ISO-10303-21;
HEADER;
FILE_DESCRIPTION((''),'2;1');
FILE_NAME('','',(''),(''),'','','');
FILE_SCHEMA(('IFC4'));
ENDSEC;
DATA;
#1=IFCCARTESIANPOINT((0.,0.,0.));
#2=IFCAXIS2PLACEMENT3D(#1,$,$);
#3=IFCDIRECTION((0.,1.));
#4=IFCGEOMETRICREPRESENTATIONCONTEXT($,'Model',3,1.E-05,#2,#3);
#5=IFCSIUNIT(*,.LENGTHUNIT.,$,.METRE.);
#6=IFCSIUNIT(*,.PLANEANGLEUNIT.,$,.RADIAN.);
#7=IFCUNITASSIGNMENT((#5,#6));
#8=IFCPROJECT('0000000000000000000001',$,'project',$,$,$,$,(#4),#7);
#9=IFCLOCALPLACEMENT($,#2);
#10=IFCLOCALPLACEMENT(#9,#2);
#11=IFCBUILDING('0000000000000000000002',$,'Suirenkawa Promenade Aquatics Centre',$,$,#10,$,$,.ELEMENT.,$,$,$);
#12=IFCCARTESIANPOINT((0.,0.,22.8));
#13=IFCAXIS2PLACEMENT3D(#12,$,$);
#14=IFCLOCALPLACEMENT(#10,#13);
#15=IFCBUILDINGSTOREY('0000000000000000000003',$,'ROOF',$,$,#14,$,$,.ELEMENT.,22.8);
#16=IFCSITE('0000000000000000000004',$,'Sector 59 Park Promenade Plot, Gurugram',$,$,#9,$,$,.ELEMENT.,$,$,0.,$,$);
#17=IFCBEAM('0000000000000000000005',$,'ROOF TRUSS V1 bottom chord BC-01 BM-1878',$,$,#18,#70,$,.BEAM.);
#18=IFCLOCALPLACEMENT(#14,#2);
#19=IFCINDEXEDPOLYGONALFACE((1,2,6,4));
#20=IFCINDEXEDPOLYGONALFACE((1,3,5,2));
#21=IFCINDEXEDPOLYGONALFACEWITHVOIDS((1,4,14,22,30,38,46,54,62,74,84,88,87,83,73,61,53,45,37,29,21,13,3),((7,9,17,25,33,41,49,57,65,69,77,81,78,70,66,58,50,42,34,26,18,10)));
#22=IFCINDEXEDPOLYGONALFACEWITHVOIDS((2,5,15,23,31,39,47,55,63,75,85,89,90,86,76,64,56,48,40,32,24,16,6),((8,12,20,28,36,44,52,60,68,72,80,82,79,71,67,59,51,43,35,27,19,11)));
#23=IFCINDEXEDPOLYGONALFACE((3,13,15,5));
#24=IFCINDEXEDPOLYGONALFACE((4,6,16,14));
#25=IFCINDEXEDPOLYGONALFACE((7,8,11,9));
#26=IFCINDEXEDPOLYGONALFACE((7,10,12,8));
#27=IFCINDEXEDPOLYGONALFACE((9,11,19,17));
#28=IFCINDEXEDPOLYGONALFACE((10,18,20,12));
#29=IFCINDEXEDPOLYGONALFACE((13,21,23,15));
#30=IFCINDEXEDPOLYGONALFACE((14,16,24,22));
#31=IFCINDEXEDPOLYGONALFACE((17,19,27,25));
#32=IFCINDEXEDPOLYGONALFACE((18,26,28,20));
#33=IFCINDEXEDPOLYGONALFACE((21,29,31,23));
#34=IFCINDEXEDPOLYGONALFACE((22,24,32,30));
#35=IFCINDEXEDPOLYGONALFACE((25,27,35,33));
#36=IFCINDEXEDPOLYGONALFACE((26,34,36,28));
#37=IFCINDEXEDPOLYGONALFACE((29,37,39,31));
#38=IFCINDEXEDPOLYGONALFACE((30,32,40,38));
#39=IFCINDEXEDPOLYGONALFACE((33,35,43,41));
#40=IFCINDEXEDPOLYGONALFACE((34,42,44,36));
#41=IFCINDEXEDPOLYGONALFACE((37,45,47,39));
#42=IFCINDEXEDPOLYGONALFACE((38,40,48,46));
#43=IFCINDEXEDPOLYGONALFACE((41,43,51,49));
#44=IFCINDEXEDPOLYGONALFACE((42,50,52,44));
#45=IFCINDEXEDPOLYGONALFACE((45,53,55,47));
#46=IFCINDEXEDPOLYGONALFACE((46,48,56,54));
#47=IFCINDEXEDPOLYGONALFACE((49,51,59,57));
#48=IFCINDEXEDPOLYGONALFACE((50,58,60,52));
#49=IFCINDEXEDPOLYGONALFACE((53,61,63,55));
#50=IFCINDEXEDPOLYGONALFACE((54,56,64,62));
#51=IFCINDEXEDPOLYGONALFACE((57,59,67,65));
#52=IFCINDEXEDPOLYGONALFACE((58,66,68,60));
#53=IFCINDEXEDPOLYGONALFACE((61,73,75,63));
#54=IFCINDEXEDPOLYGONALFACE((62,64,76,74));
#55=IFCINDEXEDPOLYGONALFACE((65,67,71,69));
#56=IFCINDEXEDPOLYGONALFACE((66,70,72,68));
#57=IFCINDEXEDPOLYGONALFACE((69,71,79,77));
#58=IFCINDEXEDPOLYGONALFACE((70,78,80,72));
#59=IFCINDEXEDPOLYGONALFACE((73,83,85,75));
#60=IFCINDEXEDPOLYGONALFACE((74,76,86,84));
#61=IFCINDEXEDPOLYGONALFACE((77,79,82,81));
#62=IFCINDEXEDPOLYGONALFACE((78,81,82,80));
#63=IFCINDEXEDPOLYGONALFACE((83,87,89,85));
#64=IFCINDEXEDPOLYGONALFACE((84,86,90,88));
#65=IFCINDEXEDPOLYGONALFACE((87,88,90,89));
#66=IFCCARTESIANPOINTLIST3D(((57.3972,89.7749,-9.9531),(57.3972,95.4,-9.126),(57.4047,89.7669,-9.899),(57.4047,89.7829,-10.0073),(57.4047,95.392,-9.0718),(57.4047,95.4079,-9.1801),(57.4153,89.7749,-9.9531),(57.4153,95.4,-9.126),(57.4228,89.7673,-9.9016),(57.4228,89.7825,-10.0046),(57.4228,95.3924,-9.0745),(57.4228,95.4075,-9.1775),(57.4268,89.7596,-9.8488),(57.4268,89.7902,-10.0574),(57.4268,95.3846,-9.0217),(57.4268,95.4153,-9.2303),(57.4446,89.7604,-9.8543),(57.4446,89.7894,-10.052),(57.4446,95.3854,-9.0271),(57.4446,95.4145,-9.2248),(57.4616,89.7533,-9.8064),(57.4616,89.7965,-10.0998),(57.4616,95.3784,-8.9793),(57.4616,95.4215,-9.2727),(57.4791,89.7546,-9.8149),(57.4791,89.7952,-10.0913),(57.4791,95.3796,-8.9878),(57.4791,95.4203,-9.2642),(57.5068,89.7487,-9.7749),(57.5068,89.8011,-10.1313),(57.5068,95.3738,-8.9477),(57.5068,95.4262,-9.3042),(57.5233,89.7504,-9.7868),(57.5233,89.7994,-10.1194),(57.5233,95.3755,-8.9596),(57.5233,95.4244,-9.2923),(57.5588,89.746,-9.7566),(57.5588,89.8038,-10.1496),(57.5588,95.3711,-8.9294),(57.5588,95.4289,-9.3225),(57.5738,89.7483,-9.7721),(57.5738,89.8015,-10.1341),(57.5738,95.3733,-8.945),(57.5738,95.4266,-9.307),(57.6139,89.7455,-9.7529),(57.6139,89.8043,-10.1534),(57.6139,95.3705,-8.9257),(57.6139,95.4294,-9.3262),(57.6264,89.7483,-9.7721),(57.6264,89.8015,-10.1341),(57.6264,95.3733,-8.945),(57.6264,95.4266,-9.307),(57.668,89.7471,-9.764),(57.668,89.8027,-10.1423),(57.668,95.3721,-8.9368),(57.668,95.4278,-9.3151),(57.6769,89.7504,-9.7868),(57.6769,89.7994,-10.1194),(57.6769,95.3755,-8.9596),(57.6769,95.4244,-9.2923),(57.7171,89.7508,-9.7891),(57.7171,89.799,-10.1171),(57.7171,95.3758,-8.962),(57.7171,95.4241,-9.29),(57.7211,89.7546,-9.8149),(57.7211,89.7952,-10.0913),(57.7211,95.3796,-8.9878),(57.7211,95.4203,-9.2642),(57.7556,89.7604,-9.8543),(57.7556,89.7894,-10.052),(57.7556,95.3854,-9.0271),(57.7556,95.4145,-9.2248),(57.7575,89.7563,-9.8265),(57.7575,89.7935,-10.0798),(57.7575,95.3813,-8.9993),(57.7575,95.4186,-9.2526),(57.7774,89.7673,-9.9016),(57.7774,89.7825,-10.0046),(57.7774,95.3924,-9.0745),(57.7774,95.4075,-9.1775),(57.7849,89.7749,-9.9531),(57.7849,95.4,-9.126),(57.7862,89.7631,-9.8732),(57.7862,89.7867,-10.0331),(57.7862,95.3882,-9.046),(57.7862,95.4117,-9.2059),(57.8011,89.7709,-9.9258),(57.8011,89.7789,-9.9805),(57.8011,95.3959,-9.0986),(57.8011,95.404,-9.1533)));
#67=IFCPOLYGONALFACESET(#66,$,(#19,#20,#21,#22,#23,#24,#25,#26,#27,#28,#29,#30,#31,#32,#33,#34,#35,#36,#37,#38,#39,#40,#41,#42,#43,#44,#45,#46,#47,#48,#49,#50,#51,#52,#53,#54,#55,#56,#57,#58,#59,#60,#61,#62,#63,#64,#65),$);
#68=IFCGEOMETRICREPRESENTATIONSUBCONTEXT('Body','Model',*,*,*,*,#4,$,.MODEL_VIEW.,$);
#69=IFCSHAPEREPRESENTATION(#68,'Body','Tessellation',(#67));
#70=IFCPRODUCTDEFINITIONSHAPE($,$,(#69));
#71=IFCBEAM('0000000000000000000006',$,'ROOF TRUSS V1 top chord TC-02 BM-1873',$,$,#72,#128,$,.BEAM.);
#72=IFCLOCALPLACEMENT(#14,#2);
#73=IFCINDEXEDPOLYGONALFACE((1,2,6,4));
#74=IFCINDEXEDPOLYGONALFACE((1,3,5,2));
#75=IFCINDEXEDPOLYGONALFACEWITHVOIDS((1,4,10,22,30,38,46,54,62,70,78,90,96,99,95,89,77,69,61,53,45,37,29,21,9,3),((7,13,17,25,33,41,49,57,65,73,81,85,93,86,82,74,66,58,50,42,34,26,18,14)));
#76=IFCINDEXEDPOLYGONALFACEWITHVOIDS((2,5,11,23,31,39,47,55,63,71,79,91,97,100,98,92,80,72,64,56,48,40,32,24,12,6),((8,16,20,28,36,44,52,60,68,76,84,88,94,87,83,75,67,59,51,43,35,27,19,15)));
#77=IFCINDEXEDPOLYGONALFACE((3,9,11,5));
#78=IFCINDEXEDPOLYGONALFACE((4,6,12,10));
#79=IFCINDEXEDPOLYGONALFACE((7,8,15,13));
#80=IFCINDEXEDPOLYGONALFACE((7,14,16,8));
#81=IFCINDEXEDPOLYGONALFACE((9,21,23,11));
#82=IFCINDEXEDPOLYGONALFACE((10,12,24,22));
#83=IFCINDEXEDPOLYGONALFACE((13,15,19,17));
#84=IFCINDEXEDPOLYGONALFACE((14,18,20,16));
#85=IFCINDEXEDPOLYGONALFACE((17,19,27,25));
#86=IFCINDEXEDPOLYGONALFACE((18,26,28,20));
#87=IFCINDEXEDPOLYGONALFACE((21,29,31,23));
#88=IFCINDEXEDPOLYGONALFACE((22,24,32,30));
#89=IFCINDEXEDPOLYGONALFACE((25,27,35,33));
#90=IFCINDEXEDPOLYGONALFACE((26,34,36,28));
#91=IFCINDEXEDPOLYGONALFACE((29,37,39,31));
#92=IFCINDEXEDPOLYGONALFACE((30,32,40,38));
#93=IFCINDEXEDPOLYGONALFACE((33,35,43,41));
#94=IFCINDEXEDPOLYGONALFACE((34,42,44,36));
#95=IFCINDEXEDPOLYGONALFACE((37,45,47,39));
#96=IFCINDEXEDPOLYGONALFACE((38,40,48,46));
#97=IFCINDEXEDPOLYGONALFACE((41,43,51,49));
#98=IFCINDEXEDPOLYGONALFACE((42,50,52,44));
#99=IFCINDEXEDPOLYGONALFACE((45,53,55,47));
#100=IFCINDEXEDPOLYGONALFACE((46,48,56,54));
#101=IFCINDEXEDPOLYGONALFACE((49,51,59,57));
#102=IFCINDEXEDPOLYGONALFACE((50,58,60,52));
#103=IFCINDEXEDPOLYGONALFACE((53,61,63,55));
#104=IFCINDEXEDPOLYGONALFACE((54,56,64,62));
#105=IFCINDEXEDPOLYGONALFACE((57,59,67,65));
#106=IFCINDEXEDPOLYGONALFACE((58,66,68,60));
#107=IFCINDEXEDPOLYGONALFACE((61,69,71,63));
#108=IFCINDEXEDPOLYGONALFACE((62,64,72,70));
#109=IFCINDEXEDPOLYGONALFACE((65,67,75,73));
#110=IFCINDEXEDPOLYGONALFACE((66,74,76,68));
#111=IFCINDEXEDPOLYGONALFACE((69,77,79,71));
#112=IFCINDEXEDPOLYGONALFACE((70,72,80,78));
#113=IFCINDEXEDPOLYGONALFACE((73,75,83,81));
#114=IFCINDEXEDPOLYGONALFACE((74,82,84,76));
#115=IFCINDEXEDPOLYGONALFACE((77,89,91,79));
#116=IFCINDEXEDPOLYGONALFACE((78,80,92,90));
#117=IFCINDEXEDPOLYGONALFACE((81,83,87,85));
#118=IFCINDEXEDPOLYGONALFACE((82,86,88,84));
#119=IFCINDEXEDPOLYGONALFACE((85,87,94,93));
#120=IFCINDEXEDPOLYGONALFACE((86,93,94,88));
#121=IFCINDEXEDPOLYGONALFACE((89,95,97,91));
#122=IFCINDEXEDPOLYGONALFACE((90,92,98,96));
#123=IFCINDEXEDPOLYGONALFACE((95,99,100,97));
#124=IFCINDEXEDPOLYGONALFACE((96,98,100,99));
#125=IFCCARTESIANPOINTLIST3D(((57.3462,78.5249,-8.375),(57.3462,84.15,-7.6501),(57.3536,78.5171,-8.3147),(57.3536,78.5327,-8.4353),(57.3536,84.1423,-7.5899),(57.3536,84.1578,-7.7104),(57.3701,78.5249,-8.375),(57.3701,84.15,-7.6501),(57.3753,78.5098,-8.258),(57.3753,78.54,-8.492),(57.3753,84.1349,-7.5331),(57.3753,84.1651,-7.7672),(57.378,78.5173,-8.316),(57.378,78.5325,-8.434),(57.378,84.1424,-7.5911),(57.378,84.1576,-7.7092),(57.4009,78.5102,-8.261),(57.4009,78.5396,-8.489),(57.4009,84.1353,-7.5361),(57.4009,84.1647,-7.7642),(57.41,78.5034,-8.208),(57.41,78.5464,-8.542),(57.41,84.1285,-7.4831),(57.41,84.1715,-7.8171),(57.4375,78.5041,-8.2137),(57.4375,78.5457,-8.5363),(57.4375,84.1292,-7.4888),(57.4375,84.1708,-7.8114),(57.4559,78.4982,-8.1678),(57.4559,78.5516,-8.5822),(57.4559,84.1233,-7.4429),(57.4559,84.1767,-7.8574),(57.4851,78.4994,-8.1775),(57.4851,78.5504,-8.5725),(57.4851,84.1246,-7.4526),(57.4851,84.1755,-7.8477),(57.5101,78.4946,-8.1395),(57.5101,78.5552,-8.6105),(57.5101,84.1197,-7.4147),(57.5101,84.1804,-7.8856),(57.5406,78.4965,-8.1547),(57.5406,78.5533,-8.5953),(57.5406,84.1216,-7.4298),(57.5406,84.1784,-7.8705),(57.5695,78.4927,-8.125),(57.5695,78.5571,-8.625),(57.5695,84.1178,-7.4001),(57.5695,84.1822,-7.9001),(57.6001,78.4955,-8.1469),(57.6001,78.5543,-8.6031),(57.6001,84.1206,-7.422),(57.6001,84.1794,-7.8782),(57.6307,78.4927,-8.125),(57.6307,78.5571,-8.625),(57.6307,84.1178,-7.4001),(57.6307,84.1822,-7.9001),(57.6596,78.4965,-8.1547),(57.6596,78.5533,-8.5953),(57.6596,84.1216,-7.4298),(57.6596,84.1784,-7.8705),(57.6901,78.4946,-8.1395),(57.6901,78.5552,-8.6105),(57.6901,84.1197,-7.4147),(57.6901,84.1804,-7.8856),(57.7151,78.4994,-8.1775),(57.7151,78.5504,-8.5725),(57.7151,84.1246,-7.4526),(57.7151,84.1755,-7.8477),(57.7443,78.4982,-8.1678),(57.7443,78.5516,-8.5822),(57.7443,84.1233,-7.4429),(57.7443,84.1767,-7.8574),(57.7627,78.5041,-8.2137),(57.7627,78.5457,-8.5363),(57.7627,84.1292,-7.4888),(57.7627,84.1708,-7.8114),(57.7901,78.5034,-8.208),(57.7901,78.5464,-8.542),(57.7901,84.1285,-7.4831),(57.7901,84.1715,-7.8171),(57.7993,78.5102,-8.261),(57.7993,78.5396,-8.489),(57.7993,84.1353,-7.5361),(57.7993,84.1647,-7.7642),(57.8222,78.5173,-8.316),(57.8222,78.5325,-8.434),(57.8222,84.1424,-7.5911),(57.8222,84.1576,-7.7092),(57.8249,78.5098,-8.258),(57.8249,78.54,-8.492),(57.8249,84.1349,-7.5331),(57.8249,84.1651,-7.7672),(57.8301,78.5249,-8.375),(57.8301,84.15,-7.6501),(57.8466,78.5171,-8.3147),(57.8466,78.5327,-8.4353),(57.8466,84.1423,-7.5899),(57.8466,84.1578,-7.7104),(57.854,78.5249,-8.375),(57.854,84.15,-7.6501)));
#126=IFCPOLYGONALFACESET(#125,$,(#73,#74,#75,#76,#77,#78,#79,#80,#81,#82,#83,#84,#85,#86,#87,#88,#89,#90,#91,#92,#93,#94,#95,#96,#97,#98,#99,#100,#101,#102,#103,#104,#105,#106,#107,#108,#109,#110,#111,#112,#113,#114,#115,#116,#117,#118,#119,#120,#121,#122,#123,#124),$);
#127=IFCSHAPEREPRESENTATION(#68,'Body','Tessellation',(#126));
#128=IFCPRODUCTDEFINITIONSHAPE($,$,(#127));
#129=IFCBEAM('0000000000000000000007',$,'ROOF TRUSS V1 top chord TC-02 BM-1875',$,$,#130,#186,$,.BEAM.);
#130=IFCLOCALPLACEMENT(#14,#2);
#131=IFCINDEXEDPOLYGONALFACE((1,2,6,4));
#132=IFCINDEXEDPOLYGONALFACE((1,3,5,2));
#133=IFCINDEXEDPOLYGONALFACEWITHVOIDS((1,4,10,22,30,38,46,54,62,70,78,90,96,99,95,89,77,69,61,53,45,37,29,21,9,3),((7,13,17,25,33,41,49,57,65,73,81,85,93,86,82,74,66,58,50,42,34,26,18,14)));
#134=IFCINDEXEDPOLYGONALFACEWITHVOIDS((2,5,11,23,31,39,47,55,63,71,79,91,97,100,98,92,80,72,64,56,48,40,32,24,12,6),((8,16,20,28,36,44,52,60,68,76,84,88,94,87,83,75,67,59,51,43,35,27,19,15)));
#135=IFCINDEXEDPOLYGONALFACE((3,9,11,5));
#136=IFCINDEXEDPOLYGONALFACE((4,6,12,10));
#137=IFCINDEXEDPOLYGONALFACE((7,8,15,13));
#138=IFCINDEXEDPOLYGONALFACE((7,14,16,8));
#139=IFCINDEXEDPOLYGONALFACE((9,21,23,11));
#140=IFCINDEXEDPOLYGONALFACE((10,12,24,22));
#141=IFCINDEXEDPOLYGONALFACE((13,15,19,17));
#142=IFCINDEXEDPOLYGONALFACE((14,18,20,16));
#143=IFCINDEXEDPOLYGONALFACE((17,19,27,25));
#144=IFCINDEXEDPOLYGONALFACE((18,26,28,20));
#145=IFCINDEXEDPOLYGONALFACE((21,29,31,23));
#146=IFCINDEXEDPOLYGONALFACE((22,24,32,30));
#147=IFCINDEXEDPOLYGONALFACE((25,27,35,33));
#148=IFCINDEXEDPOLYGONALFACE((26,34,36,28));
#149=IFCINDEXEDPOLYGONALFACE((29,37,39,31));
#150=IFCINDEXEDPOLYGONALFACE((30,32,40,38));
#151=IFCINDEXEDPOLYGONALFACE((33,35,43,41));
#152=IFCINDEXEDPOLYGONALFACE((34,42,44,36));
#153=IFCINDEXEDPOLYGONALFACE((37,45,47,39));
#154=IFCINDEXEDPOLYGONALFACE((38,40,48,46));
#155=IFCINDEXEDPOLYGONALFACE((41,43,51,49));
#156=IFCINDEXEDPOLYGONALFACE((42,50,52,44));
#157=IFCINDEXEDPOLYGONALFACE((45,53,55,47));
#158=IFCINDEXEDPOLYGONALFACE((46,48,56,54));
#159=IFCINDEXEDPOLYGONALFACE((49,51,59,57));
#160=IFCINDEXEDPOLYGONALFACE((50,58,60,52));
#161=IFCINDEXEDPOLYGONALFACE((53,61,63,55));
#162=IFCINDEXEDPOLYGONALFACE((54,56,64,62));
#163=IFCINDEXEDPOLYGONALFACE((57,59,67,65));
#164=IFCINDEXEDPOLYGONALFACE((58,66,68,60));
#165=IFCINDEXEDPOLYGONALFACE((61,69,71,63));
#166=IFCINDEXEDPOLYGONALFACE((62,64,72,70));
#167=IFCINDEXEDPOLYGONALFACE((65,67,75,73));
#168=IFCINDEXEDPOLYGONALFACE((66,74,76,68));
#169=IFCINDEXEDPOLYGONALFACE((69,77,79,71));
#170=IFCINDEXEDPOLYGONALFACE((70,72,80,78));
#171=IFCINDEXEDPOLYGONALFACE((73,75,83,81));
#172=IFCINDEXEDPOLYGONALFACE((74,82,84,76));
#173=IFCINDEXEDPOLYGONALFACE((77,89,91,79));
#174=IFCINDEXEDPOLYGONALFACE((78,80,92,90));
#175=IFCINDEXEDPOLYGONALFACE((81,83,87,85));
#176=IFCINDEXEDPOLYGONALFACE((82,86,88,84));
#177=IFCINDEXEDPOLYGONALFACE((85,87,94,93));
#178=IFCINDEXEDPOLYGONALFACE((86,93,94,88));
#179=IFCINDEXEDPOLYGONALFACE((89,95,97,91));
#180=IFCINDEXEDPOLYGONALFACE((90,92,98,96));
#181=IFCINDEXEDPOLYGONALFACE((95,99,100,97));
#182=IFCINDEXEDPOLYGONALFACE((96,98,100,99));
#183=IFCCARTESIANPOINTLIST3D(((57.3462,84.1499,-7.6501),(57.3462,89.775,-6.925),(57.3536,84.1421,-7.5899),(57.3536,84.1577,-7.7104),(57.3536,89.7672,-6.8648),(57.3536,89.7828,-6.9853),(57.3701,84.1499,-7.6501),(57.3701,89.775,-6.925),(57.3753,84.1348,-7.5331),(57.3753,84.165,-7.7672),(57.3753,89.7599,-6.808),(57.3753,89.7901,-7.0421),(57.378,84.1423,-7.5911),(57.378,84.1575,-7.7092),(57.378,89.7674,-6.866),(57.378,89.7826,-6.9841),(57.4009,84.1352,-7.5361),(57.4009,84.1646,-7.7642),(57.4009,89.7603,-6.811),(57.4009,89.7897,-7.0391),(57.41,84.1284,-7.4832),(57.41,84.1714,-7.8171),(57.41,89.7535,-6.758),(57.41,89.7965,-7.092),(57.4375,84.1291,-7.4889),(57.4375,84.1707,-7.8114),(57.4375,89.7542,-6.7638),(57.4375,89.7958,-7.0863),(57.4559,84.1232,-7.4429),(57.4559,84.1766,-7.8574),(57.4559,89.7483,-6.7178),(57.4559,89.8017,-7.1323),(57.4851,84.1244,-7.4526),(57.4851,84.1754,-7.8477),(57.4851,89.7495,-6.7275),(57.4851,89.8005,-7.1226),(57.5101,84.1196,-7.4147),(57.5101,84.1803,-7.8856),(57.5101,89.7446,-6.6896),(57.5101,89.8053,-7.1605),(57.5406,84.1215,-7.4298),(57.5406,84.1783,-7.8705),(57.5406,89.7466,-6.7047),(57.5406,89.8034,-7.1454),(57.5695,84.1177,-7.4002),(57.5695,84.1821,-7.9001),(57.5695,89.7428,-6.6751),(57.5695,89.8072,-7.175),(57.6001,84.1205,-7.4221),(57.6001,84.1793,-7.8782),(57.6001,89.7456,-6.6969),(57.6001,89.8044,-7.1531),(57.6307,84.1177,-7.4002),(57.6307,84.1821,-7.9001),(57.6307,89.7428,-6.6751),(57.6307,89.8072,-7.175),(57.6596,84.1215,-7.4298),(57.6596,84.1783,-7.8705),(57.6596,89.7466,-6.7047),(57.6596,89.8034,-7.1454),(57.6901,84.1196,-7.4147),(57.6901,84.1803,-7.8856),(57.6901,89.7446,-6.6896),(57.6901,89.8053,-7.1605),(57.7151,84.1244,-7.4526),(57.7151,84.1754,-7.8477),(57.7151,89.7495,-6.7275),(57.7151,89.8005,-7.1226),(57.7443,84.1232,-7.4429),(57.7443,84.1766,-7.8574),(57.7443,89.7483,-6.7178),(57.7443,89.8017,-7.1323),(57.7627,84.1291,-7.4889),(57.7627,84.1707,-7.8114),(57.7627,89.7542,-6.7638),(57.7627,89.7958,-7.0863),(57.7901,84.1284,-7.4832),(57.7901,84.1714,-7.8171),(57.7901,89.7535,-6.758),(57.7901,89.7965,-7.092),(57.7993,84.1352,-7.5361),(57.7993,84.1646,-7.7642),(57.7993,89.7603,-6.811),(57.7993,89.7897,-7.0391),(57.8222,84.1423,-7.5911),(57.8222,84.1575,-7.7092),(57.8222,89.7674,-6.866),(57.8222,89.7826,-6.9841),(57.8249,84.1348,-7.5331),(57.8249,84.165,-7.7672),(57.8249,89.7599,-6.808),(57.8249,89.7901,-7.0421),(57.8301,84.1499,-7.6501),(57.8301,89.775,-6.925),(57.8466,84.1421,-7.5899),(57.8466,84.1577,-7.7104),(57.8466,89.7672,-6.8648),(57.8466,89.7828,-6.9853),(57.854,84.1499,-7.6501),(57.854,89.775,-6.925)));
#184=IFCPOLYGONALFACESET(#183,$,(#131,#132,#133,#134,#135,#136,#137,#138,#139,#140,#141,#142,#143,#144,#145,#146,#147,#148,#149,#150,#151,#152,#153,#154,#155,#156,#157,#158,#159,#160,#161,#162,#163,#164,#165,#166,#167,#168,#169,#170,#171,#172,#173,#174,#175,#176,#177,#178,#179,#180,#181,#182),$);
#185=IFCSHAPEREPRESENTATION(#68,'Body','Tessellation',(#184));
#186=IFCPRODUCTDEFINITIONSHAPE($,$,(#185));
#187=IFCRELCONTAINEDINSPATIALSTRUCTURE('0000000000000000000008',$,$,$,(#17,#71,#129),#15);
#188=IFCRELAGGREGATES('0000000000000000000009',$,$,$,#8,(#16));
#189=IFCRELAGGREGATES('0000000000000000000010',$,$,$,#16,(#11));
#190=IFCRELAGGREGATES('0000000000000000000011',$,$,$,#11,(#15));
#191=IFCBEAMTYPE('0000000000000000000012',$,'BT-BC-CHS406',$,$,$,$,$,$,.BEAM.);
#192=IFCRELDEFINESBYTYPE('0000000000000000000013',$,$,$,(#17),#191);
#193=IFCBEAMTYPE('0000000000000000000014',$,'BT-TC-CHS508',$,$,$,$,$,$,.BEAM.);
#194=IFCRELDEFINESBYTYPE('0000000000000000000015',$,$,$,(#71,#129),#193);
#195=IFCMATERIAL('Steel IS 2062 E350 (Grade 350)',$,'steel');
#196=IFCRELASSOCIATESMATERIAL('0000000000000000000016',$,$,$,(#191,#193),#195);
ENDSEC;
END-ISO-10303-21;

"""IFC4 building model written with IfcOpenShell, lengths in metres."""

from ifc_helpers import new_model, si_unit, direction, frame, origin, origin_2d, place, context, subcontext, project, spatial, hollow_circle, extrude, material, material_profile, profile_set, type_object, element, save


model = new_model("IFC4")

# Units and contexts
model_context = context("Model", 3, precision=1e-05, world=origin(), true_north=direction((0.0, 1.0)))
body_context = subcontext(model_context, "Body", "Model", "MODEL_VIEW")
ifc_project = project(units=[si_unit("LENGTHUNIT", "METRE"), si_unit("PLANEANGLEUNIT", "RADIAN")], contexts=[model_context])

# Site, building, storey
site_placement = place(None, origin())
site = spatial("IfcSite", under=ifc_project, at=site_placement, Name="Sector 59 Park Promenade Plot, Gurugram", CompositionType="ELEMENT", RefElevation=0.0)
building_placement = place(site_placement, origin())
building = spatial("IfcBuilding", under=site, at=building_placement, Name="Suirenkawa Promenade Aquatics Centre", CompositionType="ELEMENT")
storey_placement = place(building_placement, frame((0.0, 0.0, 22.8)))
storey = spatial("IfcBuildingStorey", under=building, at=storey_placement, Name="ROOF", CompositionType="ELEMENT", Elevation=22.8)

# Beams
ifc_material = material(Name="Steel IS 2062 E350 (Grade 350)", Category="steel")
ifc_material_profile_1 = material_profile(ifc_material, hollow_circle(Radius=0.2029, WallThickness=0.0181, at=origin_2d()), Name="CHS 406x18", Category="steel")
ifc_profile_set_1 = profile_set([ifc_material_profile_1], Name="Steel IS 2062 E350 (Grade 350)")
beam_type_1 = type_object("IfcBeamType", Name="BT-BC-CHS406", PredefinedType="BEAM", material=ifc_profile_set_1)
beam_1_placement = place(storey_placement, frame((57.6001, 89.7749, -9.9531), z_axis=(0.0, 0.989361, 0.145484), x_axis=(-1.0, 0.0, 0.0)))
element("IfcBeam", 1, at=beam_1_placement, inside=storey, type_object=beam_type_1, Name="ROOF TRUSS V1 bottom chord BC-01 BM-1878", PredefinedType="BEAM", context=body_context, shape_type="SweptSolid", body=[
    extrude(hollow_circle(Radius=0.2029, WallThickness=0.0181, at=origin_2d()), origin(), (0.0, 0.0, 1.0), 5.6855),
])
ifc_material_profile_2 = material_profile(ifc_material, hollow_circle(Radius=0.2539, WallThickness=0.0239, at=origin_2d()), Name="CHS 508x24", Category="steel")
ifc_profile_set_2 = profile_set([ifc_material_profile_2], Name="Steel IS 2062 E350 (Grade 350)")
beam_type_2 = type_object("IfcBeamType", Name="BT-TC-CHS508", PredefinedType="BEAM", material=ifc_profile_set_2)
for number, where, z_axis, x_axis, name in (
    (2, (57.6001, 78.5249, -8.375), (0.0, 0.991799, 0.127806), (-1.0, 0.0, 0.0), "ROOF TRUSS V1 top chord TC-02 BM-1873"),
    (3, (57.6001, 84.1499, -7.6501), (0.0, 0.991794, 0.127848), (-1.0, 0.0, 0.0), "ROOF TRUSS V1 top chord TC-02 BM-1875"),
):
    element("IfcBeam", number, at=place(storey_placement, frame(where, z_axis=z_axis, x_axis=x_axis)), inside=storey, type_object=beam_type_2, Name=name, PredefinedType="BEAM", context=body_context, shape_type="SweptSolid", body=[
        extrude(hollow_circle(Radius=0.2539, WallThickness=0.0239, at=origin_2d()), origin(), (0.0, 0.0, 1.0), 5.6716),
    ])

save(model, "model.ifc")
